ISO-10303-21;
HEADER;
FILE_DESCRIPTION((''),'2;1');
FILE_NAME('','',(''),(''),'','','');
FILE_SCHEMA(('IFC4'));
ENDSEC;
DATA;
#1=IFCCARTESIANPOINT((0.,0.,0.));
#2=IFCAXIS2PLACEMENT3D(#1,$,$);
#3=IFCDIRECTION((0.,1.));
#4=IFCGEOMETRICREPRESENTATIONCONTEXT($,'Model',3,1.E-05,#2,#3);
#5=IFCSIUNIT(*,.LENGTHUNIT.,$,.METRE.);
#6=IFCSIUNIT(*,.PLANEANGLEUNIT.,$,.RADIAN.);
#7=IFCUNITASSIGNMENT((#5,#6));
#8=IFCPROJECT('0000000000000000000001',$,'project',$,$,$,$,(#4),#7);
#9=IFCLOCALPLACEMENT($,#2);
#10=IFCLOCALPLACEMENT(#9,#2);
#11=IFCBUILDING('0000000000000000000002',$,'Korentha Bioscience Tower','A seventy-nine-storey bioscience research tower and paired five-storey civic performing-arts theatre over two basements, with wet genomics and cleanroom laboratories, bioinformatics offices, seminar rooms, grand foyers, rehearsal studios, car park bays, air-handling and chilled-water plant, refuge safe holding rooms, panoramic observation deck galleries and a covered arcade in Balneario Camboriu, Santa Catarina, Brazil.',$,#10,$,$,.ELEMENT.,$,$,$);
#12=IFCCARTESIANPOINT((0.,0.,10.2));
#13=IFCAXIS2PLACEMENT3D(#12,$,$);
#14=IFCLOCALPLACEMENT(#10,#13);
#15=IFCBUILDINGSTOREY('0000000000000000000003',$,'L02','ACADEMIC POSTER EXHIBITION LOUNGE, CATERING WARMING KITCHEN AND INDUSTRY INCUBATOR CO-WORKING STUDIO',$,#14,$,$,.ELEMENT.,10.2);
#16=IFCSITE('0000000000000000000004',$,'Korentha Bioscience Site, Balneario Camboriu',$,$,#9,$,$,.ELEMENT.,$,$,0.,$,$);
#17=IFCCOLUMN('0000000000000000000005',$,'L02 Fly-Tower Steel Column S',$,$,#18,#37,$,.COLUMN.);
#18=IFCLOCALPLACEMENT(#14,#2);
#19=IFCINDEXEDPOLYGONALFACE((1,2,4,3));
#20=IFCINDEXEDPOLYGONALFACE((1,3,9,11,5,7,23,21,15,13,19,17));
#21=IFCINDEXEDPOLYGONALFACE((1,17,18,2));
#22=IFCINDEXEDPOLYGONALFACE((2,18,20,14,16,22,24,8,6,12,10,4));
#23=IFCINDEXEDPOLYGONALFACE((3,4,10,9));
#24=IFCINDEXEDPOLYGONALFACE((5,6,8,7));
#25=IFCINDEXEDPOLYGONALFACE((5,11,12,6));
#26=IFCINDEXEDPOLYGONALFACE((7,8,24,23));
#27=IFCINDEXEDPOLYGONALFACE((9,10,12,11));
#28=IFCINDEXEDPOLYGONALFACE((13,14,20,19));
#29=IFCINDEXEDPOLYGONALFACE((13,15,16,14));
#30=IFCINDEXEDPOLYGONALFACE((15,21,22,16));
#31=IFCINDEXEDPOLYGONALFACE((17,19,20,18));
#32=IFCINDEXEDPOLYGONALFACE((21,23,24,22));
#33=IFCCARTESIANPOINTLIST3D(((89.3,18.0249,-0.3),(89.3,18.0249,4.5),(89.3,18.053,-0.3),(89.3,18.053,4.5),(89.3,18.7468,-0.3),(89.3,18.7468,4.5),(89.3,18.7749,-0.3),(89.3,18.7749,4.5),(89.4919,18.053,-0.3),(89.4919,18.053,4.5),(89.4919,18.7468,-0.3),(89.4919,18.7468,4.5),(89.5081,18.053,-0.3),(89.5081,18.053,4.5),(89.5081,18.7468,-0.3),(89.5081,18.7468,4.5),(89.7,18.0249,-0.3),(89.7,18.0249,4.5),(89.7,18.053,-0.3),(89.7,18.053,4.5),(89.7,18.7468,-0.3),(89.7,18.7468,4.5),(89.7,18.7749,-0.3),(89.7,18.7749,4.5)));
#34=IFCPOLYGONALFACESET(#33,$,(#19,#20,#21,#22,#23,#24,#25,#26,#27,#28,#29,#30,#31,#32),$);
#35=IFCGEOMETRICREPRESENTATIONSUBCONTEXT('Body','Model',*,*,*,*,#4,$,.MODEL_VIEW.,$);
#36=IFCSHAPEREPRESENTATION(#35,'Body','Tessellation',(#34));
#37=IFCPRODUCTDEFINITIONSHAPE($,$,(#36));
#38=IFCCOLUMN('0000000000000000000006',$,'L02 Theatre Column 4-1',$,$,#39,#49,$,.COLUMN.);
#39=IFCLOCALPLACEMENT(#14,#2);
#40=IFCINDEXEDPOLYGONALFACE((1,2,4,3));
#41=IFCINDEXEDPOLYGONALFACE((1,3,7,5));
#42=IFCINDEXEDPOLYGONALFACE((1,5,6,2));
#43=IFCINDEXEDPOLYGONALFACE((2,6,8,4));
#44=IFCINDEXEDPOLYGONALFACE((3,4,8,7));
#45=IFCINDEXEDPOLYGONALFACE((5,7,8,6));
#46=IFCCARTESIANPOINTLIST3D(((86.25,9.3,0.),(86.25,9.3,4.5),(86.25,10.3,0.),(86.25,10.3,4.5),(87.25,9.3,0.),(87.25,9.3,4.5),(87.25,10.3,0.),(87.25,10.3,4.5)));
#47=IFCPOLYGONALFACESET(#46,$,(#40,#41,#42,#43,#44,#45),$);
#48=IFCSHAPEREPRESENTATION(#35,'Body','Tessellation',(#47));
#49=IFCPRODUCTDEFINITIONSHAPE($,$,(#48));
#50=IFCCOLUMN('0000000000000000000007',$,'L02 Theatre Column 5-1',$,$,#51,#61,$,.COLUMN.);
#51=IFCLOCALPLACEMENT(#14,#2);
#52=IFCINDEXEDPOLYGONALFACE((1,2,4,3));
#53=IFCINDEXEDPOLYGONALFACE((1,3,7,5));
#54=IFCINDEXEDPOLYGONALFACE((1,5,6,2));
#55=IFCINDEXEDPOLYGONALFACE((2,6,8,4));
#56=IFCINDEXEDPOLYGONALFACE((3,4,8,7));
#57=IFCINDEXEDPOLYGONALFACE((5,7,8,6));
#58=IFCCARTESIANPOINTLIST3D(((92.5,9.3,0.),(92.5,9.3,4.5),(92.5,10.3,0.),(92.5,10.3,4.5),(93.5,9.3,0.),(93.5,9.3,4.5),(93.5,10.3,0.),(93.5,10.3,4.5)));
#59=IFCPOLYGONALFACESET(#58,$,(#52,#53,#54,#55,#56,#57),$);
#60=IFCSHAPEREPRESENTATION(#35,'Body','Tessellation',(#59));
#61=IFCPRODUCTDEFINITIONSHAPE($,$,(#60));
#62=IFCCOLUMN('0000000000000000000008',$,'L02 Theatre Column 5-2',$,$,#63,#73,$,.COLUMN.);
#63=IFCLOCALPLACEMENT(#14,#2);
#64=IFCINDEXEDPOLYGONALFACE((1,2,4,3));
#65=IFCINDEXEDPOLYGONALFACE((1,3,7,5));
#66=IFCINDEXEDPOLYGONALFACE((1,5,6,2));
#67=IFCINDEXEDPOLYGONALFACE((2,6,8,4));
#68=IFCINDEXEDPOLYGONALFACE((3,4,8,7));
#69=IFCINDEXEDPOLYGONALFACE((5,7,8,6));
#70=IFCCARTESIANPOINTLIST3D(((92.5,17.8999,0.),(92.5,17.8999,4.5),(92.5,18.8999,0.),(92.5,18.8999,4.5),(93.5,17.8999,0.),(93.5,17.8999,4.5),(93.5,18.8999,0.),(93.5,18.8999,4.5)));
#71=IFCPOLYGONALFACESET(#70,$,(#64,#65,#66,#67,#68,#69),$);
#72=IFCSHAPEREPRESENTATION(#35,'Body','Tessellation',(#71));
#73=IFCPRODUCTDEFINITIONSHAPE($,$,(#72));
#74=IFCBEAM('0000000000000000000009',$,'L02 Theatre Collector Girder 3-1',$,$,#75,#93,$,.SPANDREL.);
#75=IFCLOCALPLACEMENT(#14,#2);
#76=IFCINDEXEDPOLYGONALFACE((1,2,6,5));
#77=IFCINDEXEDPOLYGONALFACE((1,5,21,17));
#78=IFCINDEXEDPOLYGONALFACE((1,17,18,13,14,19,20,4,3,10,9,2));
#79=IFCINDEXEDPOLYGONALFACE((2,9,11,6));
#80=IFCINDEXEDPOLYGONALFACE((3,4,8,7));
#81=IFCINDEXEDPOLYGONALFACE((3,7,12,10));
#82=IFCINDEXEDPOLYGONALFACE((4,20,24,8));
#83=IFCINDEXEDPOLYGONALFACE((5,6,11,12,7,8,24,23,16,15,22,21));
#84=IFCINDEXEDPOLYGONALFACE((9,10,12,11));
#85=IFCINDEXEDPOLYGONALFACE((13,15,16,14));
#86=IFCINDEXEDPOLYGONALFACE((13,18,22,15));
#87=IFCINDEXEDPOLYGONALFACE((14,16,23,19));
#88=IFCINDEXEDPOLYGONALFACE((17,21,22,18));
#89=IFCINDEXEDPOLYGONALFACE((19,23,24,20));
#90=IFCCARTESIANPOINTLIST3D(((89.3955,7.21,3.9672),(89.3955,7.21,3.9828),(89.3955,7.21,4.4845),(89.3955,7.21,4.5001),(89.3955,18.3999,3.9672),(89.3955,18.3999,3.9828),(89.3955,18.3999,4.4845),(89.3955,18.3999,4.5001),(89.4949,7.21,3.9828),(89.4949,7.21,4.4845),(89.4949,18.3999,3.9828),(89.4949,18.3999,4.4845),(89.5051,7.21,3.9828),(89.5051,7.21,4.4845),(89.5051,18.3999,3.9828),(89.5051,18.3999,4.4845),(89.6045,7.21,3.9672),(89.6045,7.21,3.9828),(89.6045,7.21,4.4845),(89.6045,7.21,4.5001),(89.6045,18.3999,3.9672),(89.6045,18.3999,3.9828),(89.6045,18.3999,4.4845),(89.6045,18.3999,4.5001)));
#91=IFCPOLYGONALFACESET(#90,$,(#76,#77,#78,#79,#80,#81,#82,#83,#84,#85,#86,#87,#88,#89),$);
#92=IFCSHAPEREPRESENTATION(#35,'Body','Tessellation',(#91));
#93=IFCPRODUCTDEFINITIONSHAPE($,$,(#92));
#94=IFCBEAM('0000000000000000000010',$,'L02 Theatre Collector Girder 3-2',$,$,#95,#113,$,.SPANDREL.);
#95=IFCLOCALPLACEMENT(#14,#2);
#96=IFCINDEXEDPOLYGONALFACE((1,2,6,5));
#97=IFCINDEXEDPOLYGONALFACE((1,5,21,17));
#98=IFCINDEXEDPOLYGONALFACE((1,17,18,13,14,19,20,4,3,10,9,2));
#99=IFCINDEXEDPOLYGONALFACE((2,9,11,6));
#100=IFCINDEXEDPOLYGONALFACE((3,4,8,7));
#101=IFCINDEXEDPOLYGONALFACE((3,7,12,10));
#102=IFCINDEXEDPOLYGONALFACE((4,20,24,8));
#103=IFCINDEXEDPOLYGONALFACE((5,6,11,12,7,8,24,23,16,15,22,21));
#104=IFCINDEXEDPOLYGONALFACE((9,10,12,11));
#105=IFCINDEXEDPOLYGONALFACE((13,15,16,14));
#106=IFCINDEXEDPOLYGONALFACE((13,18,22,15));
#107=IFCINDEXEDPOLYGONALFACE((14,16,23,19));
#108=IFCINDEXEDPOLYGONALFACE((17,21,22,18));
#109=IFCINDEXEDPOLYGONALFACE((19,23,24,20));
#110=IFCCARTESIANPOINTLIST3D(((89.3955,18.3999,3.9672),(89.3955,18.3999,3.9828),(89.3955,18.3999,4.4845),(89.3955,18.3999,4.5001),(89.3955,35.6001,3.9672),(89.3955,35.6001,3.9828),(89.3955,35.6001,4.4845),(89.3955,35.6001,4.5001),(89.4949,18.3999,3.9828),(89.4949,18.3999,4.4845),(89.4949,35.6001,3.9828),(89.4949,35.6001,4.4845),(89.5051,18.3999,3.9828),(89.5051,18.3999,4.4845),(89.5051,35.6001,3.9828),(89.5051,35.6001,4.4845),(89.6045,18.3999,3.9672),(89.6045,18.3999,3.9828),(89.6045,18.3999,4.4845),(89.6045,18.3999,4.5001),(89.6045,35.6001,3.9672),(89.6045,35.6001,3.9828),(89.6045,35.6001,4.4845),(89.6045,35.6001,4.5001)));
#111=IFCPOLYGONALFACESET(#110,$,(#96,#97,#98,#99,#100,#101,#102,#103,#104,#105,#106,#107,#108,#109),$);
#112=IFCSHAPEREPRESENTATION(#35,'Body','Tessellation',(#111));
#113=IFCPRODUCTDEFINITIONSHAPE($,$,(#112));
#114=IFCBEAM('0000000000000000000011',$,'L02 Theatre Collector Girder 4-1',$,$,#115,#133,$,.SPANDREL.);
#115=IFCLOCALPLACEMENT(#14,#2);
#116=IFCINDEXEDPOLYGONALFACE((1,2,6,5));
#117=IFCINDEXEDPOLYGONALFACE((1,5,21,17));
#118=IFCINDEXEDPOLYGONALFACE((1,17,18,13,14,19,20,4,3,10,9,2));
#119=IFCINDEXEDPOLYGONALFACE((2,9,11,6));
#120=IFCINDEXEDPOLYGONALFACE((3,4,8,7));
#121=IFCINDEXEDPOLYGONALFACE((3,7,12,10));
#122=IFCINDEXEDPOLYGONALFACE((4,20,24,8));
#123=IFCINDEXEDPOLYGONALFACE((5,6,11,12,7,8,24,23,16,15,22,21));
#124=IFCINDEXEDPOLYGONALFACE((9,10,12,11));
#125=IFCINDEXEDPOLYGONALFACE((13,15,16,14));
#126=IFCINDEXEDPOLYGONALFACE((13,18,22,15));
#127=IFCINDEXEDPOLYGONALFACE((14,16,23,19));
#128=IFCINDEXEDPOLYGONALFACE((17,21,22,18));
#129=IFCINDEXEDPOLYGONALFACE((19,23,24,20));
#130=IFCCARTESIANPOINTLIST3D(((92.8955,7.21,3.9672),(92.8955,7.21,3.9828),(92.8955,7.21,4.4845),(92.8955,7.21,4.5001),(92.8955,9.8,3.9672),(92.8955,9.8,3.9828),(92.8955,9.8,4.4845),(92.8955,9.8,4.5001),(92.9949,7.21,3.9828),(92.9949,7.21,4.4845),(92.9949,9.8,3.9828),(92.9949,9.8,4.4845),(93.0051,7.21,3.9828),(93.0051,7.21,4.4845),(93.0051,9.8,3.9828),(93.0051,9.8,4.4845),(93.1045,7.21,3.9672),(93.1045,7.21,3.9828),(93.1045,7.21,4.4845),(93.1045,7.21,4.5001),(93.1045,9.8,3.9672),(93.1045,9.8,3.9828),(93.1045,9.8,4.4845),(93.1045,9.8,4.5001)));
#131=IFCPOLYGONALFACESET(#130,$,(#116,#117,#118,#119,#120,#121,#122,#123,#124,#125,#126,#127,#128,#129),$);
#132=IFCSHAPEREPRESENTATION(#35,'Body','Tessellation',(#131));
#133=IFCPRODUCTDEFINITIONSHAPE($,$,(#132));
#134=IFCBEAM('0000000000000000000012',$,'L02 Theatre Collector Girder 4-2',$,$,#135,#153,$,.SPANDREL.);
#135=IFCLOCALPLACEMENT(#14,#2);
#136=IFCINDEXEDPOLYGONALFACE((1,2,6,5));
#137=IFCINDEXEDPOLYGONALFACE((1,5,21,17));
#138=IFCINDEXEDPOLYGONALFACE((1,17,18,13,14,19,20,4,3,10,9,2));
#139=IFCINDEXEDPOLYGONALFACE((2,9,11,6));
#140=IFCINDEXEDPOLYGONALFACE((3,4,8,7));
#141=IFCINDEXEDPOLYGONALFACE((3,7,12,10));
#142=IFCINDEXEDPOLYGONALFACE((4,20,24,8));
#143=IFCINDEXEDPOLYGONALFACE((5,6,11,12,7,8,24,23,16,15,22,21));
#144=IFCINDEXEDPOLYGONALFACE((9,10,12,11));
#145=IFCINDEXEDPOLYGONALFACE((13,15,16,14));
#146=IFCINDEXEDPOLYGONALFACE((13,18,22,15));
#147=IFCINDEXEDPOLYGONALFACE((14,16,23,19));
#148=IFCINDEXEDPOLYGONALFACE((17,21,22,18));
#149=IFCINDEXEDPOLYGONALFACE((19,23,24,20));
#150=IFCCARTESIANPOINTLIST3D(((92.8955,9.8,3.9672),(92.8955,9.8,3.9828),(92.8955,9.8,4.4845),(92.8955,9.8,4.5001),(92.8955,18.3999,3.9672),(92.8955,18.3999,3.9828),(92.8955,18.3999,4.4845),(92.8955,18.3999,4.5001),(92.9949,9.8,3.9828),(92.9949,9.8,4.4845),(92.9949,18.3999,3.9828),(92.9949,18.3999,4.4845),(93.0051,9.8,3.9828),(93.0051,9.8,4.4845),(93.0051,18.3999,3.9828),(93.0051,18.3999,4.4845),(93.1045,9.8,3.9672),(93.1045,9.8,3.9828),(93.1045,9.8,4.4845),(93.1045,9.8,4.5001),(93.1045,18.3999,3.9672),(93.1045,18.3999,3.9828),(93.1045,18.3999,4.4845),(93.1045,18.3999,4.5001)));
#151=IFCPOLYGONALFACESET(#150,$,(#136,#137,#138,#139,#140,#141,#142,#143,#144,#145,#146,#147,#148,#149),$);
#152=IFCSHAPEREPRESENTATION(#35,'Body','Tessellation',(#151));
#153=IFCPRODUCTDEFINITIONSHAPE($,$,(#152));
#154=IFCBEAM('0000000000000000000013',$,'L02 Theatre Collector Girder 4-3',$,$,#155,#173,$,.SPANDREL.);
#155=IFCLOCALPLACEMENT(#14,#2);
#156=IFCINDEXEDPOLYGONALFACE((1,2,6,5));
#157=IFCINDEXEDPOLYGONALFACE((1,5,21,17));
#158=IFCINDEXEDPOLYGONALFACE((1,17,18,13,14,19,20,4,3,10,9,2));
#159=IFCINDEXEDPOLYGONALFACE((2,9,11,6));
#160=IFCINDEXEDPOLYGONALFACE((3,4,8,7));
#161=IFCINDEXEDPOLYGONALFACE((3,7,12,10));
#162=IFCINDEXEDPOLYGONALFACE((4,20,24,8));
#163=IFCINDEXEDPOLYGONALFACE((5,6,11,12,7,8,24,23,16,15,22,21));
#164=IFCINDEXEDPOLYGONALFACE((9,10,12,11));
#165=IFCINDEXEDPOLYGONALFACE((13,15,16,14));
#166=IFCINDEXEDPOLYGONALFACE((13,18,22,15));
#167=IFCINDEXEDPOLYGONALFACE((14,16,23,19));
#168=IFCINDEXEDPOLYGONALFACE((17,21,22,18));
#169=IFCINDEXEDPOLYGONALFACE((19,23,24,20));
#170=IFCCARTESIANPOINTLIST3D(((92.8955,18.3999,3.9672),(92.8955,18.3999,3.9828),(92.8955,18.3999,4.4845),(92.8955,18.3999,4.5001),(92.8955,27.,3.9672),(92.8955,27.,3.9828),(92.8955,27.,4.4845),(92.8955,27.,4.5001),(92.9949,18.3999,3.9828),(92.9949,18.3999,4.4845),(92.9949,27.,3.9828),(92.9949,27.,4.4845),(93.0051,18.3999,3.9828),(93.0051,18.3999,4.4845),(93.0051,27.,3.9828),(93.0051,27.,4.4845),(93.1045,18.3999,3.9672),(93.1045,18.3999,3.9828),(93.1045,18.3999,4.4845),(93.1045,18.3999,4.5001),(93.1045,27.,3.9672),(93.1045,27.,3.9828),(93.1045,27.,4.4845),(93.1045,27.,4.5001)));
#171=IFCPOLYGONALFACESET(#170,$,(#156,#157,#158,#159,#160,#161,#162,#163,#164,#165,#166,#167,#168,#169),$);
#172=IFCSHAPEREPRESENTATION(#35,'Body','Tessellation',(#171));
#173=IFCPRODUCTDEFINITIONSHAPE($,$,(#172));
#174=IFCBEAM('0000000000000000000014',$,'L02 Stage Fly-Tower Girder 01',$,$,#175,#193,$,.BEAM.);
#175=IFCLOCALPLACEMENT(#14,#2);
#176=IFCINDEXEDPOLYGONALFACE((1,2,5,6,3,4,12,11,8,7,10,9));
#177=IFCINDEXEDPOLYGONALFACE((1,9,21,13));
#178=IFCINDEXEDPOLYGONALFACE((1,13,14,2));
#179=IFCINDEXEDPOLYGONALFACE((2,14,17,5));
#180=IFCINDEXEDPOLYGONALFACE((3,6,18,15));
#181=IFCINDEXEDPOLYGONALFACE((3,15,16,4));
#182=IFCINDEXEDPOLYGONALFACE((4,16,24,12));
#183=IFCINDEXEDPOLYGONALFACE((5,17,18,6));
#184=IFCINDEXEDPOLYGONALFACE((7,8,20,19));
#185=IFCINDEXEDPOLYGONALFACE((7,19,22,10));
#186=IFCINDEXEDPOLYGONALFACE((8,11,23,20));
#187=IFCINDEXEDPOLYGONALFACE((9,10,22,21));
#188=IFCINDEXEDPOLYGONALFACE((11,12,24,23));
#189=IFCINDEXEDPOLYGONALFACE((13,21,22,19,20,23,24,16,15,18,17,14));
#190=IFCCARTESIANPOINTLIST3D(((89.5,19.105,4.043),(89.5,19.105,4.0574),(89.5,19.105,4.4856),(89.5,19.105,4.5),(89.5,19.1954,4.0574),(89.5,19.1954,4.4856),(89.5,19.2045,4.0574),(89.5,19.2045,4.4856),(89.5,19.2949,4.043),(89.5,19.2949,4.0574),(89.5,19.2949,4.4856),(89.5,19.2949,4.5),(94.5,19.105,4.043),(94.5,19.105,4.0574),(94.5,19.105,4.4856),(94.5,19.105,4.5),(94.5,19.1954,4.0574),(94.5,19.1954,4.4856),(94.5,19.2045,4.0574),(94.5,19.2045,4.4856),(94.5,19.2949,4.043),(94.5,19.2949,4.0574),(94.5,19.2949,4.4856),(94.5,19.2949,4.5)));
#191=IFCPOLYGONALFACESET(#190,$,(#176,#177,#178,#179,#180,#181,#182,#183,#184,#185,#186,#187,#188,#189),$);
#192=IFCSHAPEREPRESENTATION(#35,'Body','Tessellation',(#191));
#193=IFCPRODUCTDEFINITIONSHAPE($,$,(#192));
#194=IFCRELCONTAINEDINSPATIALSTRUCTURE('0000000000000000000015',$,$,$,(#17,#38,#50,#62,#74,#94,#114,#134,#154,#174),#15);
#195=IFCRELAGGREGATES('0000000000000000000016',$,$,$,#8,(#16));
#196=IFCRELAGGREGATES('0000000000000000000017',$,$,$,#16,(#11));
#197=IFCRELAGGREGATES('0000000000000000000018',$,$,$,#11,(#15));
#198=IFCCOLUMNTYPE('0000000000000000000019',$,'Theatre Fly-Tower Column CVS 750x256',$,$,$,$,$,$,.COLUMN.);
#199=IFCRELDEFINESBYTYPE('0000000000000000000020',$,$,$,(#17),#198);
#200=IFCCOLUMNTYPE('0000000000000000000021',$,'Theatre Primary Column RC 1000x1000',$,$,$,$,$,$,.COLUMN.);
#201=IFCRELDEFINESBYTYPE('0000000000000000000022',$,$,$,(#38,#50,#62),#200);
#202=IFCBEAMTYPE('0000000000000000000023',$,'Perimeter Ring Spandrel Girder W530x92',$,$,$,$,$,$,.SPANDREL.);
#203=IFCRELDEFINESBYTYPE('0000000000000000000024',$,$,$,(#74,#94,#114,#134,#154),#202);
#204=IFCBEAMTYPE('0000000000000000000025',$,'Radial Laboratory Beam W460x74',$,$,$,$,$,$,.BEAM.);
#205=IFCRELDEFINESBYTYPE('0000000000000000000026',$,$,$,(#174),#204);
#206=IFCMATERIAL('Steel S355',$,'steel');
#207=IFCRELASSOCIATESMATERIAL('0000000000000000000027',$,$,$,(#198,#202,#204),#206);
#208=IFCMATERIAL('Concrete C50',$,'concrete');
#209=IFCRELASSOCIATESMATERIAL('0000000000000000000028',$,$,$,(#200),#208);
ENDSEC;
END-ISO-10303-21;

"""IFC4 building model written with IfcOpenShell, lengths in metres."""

from ifc_helpers import new_model, si_unit, direction, frame, origin, origin_2d, place, context, subcontext, project, spatial, rectangle, i_section, extrude, material, material_profile, profile_set, type_object, element, save


model = new_model("IFC4")

# Units and contexts
model_context = context("Model", 3, precision=1e-05, world=origin(), true_north=direction((0.0, 1.0)))
body_context = subcontext(model_context, "Body", "Model", "MODEL_VIEW")
ifc_project = project(units=[si_unit("LENGTHUNIT", "METRE"), si_unit("PLANEANGLEUNIT", "RADIAN")], contexts=[model_context])

# Site, building, storey
site_placement = place(None, origin())
site = spatial("IfcSite", under=ifc_project, at=site_placement, Name="Korentha Bioscience Site, Balneario Camboriu", CompositionType="ELEMENT", RefElevation=0.0)
building_placement = place(site_placement, origin())
building = spatial("IfcBuilding", under=site, at=building_placement, Name="Korentha Bioscience Tower", Description="A seventy-nine-storey bioscience research tower and paired five-storey civic performing-arts theatre over two basements, with wet genomics and cleanroom laboratories, bioinformatics offices, seminar rooms, grand foyers, rehearsal studios, car park bays, air-handling and chilled-water plant, refuge safe holding rooms, panoramic observation deck galleries and a covered arcade in Balneario Camboriu, Santa Catarina, Brazil.", CompositionType="ELEMENT")
storey_placement = place(building_placement, frame((0.0, 0.0, 10.2)))
storey = spatial("IfcBuildingStorey", under=building, at=storey_placement, Name="L02", Description="ACADEMIC POSTER EXHIBITION LOUNGE, CATERING WARMING KITCHEN AND INDUSTRY INCUBATOR CO-WORKING STUDIO", CompositionType="ELEMENT", Elevation=10.2)

# Columns
ifc_material_1 = material(Name="Steel S355", Category="steel")
ifc_material_profile_1 = material_profile(ifc_material_1, i_section(OverallWidth=0.3999, OverallDepth=0.75, WebThickness=0.0161, FlangeThickness=0.0281, at=origin_2d()), Name="Steel S355")
ifc_profile_set_1 = profile_set([ifc_material_profile_1], Name="Steel S355 (TC-02)")
column_type_1 = type_object("IfcColumnType", Name="Theatre Fly-Tower Column CVS 750x256", PredefinedType="COLUMN", material=ifc_profile_set_1)
column_placement = place(storey_placement, frame((89.5, 18.3999, -0.3), z_axis=(0.0, 0.0, 1.0), x_axis=(1.0, 0.0, 0.0)))
element("IfcColumn", 1, at=column_placement, inside=storey, type_object=column_type_1, Name="L02 Fly-Tower Steel Column S", PredefinedType="COLUMN", context=body_context, shape_type="SweptSolid", body=[
    extrude(i_section(OverallWidth=0.3999, OverallDepth=0.75, WebThickness=0.0161, FlangeThickness=0.0281, at=origin_2d()), origin(), (0.0, 0.0, 1.0), 4.8),
])
ifc_material_2 = material(Name="Concrete C50", Category="concrete")
ifc_material_profile_2 = material_profile(ifc_material_2, rectangle(XDim=1.0, YDim=1.0, at=origin_2d()), Name="Concrete C50")
ifc_profile_set_2 = profile_set([ifc_material_profile_2], Name="Concrete C50 (TC-01)")
column_type_2 = type_object("IfcColumnType", Name="Theatre Primary Column RC 1000x1000", PredefinedType="COLUMN", material=ifc_profile_set_2)
for number, where, z_axis, x_axis, name in (
    (2, (86.75, 9.8, 0.0), (0.0, 0.0, 1.0), (1.0, 0.0, 0.0), "L02 Theatre Column 4-1"),
    (3, (93.0, 9.8, 0.0), (0.0, 0.0, 1.0), (1.0, 0.0, 0.0), "L02 Theatre Column 5-1"),
    (4, (93.0, 18.3999, 0.0), (0.0, 0.0, 1.0), (1.0, 0.0, 0.0), "L02 Theatre Column 5-2"),
):
    element("IfcColumn", number, at=place(storey_placement, frame(where, z_axis=z_axis, x_axis=x_axis)), inside=storey, type_object=column_type_2, Name=name, PredefinedType="COLUMN", context=body_context, shape_type="SweptSolid", body=[
        extrude(rectangle(XDim=1.0, YDim=1.0, at=origin_2d()), origin(), (0.0, 0.0, 1.0), 4.5),
    ])

# Beams
ifc_material_profile_3 = material_profile(ifc_material_1, i_section(OverallWidth=0.209, OverallDepth=0.533, WebThickness=0.0103, FlangeThickness=0.0156, at=origin_2d()), Name="Steel S355")
ifc_profile_set_3 = profile_set([ifc_material_profile_3], Name="Steel S355 (SB-530)")
beam_type_1 = type_object("IfcBeamType", Name="Perimeter Ring Spandrel Girder W530x92", PredefinedType="SPANDREL", material=ifc_profile_set_3)
beam_1_placement = place(storey_placement, frame((89.5, 7.21, 4.2336), z_axis=(0.0, 1.0, 0.0), x_axis=(-1.0, 0.0, 0.0)))
element("IfcBeam", 5, at=beam_1_placement, inside=storey, type_object=beam_type_1, Name="L02 Theatre Collector Girder 3-1", PredefinedType="SPANDREL", context=body_context, shape_type="SweptSolid", body=[
    extrude(i_section(OverallWidth=0.209, OverallDepth=0.533, WebThickness=0.0103, FlangeThickness=0.0156, at=origin_2d()), origin(), (0.0, 0.0, 1.0), 11.1899),
])
beam_2_placement = place(storey_placement, frame((89.5, 18.3999, 4.2336), z_axis=(0.0, 1.0, 0.0), x_axis=(-1.0, 0.0, 0.0)))
element("IfcBeam", 6, at=beam_2_placement, inside=storey, type_object=beam_type_1, Name="L02 Theatre Collector Girder 3-2", PredefinedType="SPANDREL", context=body_context, shape_type="SweptSolid", body=[
    extrude(i_section(OverallWidth=0.209, OverallDepth=0.533, WebThickness=0.0103, FlangeThickness=0.0156, at=origin_2d()), origin(), (0.0, 0.0, 1.0), 17.2002),
])
beam_3_placement = place(storey_placement, frame((93.0, 7.21, 4.2336), z_axis=(0.0, 1.0, 0.0), x_axis=(-1.0, 0.0, 0.0)))
element("IfcBeam", 7, at=beam_3_placement, inside=storey, type_object=beam_type_1, Name="L02 Theatre Collector Girder 4-1", PredefinedType="SPANDREL", context=body_context, shape_type="SweptSolid", body=[
    extrude(i_section(OverallWidth=0.209, OverallDepth=0.533, WebThickness=0.0103, FlangeThickness=0.0156, at=origin_2d()), origin(), (0.0, 0.0, 1.0), 2.5901),
])
beam_4_placement = place(storey_placement, frame((93.0, 9.8, 4.2336), z_axis=(0.0, 1.0, 0.0), x_axis=(-1.0, 0.0, 0.0)))
element("IfcBeam", 8, at=beam_4_placement, inside=storey, type_object=beam_type_1, Name="L02 Theatre Collector Girder 4-2", PredefinedType="SPANDREL", context=body_context, shape_type="SweptSolid", body=[
    extrude(i_section(OverallWidth=0.209, OverallDepth=0.533, WebThickness=0.0103, FlangeThickness=0.0156, at=origin_2d()), origin(), (0.0, 0.0, 1.0), 8.5999),
])
beam_5_placement = place(storey_placement, frame((93.0, 18.3999, 4.2336), z_axis=(0.0, 1.0, 0.0), x_axis=(-1.0, 0.0, 0.0)))
element("IfcBeam", 9, at=beam_5_placement, inside=storey, type_object=beam_type_1, Name="L02 Theatre Collector Girder 4-3", PredefinedType="SPANDREL", context=body_context, shape_type="SweptSolid", body=[
    extrude(i_section(OverallWidth=0.209, OverallDepth=0.533, WebThickness=0.0103, FlangeThickness=0.0156, at=origin_2d()), origin(), (0.0, 0.0, 1.0), 8.6001),
])
ifc_material_profile_4 = material_profile(ifc_material_1, i_section(OverallWidth=0.1899, OverallDepth=0.457, WebThickness=0.009, FlangeThickness=0.0144, at=origin_2d()), Name="Steel S355")
ifc_profile_set_4 = profile_set([ifc_material_profile_4], Name="Steel S355 (RB-460)")
beam_type_2 = type_object("IfcBeamType", Name="Radial Laboratory Beam W460x74", PredefinedType="BEAM", material=ifc_profile_set_4)
for number, where, z_axis, x_axis, name in (
    (10, (89.5, 19.2, 4.2715), (1.0, 0.0, 0.0), (0.0, 1.0, 0.0), "L02 Stage Fly-Tower Girder 01"),
):
    element("IfcBeam", number, at=place(storey_placement, frame(where, z_axis=z_axis, x_axis=x_axis)), inside=storey, type_object=beam_type_2, Name=name, PredefinedType="BEAM", context=body_context, shape_type="SweptSolid", body=[
        extrude(i_section(OverallWidth=0.1899, OverallDepth=0.457, WebThickness=0.009, FlangeThickness=0.0144, at=origin_2d()), origin(), (0.0, 0.0, 1.0), 5.0),
    ])

save(model, "model.ifc")
